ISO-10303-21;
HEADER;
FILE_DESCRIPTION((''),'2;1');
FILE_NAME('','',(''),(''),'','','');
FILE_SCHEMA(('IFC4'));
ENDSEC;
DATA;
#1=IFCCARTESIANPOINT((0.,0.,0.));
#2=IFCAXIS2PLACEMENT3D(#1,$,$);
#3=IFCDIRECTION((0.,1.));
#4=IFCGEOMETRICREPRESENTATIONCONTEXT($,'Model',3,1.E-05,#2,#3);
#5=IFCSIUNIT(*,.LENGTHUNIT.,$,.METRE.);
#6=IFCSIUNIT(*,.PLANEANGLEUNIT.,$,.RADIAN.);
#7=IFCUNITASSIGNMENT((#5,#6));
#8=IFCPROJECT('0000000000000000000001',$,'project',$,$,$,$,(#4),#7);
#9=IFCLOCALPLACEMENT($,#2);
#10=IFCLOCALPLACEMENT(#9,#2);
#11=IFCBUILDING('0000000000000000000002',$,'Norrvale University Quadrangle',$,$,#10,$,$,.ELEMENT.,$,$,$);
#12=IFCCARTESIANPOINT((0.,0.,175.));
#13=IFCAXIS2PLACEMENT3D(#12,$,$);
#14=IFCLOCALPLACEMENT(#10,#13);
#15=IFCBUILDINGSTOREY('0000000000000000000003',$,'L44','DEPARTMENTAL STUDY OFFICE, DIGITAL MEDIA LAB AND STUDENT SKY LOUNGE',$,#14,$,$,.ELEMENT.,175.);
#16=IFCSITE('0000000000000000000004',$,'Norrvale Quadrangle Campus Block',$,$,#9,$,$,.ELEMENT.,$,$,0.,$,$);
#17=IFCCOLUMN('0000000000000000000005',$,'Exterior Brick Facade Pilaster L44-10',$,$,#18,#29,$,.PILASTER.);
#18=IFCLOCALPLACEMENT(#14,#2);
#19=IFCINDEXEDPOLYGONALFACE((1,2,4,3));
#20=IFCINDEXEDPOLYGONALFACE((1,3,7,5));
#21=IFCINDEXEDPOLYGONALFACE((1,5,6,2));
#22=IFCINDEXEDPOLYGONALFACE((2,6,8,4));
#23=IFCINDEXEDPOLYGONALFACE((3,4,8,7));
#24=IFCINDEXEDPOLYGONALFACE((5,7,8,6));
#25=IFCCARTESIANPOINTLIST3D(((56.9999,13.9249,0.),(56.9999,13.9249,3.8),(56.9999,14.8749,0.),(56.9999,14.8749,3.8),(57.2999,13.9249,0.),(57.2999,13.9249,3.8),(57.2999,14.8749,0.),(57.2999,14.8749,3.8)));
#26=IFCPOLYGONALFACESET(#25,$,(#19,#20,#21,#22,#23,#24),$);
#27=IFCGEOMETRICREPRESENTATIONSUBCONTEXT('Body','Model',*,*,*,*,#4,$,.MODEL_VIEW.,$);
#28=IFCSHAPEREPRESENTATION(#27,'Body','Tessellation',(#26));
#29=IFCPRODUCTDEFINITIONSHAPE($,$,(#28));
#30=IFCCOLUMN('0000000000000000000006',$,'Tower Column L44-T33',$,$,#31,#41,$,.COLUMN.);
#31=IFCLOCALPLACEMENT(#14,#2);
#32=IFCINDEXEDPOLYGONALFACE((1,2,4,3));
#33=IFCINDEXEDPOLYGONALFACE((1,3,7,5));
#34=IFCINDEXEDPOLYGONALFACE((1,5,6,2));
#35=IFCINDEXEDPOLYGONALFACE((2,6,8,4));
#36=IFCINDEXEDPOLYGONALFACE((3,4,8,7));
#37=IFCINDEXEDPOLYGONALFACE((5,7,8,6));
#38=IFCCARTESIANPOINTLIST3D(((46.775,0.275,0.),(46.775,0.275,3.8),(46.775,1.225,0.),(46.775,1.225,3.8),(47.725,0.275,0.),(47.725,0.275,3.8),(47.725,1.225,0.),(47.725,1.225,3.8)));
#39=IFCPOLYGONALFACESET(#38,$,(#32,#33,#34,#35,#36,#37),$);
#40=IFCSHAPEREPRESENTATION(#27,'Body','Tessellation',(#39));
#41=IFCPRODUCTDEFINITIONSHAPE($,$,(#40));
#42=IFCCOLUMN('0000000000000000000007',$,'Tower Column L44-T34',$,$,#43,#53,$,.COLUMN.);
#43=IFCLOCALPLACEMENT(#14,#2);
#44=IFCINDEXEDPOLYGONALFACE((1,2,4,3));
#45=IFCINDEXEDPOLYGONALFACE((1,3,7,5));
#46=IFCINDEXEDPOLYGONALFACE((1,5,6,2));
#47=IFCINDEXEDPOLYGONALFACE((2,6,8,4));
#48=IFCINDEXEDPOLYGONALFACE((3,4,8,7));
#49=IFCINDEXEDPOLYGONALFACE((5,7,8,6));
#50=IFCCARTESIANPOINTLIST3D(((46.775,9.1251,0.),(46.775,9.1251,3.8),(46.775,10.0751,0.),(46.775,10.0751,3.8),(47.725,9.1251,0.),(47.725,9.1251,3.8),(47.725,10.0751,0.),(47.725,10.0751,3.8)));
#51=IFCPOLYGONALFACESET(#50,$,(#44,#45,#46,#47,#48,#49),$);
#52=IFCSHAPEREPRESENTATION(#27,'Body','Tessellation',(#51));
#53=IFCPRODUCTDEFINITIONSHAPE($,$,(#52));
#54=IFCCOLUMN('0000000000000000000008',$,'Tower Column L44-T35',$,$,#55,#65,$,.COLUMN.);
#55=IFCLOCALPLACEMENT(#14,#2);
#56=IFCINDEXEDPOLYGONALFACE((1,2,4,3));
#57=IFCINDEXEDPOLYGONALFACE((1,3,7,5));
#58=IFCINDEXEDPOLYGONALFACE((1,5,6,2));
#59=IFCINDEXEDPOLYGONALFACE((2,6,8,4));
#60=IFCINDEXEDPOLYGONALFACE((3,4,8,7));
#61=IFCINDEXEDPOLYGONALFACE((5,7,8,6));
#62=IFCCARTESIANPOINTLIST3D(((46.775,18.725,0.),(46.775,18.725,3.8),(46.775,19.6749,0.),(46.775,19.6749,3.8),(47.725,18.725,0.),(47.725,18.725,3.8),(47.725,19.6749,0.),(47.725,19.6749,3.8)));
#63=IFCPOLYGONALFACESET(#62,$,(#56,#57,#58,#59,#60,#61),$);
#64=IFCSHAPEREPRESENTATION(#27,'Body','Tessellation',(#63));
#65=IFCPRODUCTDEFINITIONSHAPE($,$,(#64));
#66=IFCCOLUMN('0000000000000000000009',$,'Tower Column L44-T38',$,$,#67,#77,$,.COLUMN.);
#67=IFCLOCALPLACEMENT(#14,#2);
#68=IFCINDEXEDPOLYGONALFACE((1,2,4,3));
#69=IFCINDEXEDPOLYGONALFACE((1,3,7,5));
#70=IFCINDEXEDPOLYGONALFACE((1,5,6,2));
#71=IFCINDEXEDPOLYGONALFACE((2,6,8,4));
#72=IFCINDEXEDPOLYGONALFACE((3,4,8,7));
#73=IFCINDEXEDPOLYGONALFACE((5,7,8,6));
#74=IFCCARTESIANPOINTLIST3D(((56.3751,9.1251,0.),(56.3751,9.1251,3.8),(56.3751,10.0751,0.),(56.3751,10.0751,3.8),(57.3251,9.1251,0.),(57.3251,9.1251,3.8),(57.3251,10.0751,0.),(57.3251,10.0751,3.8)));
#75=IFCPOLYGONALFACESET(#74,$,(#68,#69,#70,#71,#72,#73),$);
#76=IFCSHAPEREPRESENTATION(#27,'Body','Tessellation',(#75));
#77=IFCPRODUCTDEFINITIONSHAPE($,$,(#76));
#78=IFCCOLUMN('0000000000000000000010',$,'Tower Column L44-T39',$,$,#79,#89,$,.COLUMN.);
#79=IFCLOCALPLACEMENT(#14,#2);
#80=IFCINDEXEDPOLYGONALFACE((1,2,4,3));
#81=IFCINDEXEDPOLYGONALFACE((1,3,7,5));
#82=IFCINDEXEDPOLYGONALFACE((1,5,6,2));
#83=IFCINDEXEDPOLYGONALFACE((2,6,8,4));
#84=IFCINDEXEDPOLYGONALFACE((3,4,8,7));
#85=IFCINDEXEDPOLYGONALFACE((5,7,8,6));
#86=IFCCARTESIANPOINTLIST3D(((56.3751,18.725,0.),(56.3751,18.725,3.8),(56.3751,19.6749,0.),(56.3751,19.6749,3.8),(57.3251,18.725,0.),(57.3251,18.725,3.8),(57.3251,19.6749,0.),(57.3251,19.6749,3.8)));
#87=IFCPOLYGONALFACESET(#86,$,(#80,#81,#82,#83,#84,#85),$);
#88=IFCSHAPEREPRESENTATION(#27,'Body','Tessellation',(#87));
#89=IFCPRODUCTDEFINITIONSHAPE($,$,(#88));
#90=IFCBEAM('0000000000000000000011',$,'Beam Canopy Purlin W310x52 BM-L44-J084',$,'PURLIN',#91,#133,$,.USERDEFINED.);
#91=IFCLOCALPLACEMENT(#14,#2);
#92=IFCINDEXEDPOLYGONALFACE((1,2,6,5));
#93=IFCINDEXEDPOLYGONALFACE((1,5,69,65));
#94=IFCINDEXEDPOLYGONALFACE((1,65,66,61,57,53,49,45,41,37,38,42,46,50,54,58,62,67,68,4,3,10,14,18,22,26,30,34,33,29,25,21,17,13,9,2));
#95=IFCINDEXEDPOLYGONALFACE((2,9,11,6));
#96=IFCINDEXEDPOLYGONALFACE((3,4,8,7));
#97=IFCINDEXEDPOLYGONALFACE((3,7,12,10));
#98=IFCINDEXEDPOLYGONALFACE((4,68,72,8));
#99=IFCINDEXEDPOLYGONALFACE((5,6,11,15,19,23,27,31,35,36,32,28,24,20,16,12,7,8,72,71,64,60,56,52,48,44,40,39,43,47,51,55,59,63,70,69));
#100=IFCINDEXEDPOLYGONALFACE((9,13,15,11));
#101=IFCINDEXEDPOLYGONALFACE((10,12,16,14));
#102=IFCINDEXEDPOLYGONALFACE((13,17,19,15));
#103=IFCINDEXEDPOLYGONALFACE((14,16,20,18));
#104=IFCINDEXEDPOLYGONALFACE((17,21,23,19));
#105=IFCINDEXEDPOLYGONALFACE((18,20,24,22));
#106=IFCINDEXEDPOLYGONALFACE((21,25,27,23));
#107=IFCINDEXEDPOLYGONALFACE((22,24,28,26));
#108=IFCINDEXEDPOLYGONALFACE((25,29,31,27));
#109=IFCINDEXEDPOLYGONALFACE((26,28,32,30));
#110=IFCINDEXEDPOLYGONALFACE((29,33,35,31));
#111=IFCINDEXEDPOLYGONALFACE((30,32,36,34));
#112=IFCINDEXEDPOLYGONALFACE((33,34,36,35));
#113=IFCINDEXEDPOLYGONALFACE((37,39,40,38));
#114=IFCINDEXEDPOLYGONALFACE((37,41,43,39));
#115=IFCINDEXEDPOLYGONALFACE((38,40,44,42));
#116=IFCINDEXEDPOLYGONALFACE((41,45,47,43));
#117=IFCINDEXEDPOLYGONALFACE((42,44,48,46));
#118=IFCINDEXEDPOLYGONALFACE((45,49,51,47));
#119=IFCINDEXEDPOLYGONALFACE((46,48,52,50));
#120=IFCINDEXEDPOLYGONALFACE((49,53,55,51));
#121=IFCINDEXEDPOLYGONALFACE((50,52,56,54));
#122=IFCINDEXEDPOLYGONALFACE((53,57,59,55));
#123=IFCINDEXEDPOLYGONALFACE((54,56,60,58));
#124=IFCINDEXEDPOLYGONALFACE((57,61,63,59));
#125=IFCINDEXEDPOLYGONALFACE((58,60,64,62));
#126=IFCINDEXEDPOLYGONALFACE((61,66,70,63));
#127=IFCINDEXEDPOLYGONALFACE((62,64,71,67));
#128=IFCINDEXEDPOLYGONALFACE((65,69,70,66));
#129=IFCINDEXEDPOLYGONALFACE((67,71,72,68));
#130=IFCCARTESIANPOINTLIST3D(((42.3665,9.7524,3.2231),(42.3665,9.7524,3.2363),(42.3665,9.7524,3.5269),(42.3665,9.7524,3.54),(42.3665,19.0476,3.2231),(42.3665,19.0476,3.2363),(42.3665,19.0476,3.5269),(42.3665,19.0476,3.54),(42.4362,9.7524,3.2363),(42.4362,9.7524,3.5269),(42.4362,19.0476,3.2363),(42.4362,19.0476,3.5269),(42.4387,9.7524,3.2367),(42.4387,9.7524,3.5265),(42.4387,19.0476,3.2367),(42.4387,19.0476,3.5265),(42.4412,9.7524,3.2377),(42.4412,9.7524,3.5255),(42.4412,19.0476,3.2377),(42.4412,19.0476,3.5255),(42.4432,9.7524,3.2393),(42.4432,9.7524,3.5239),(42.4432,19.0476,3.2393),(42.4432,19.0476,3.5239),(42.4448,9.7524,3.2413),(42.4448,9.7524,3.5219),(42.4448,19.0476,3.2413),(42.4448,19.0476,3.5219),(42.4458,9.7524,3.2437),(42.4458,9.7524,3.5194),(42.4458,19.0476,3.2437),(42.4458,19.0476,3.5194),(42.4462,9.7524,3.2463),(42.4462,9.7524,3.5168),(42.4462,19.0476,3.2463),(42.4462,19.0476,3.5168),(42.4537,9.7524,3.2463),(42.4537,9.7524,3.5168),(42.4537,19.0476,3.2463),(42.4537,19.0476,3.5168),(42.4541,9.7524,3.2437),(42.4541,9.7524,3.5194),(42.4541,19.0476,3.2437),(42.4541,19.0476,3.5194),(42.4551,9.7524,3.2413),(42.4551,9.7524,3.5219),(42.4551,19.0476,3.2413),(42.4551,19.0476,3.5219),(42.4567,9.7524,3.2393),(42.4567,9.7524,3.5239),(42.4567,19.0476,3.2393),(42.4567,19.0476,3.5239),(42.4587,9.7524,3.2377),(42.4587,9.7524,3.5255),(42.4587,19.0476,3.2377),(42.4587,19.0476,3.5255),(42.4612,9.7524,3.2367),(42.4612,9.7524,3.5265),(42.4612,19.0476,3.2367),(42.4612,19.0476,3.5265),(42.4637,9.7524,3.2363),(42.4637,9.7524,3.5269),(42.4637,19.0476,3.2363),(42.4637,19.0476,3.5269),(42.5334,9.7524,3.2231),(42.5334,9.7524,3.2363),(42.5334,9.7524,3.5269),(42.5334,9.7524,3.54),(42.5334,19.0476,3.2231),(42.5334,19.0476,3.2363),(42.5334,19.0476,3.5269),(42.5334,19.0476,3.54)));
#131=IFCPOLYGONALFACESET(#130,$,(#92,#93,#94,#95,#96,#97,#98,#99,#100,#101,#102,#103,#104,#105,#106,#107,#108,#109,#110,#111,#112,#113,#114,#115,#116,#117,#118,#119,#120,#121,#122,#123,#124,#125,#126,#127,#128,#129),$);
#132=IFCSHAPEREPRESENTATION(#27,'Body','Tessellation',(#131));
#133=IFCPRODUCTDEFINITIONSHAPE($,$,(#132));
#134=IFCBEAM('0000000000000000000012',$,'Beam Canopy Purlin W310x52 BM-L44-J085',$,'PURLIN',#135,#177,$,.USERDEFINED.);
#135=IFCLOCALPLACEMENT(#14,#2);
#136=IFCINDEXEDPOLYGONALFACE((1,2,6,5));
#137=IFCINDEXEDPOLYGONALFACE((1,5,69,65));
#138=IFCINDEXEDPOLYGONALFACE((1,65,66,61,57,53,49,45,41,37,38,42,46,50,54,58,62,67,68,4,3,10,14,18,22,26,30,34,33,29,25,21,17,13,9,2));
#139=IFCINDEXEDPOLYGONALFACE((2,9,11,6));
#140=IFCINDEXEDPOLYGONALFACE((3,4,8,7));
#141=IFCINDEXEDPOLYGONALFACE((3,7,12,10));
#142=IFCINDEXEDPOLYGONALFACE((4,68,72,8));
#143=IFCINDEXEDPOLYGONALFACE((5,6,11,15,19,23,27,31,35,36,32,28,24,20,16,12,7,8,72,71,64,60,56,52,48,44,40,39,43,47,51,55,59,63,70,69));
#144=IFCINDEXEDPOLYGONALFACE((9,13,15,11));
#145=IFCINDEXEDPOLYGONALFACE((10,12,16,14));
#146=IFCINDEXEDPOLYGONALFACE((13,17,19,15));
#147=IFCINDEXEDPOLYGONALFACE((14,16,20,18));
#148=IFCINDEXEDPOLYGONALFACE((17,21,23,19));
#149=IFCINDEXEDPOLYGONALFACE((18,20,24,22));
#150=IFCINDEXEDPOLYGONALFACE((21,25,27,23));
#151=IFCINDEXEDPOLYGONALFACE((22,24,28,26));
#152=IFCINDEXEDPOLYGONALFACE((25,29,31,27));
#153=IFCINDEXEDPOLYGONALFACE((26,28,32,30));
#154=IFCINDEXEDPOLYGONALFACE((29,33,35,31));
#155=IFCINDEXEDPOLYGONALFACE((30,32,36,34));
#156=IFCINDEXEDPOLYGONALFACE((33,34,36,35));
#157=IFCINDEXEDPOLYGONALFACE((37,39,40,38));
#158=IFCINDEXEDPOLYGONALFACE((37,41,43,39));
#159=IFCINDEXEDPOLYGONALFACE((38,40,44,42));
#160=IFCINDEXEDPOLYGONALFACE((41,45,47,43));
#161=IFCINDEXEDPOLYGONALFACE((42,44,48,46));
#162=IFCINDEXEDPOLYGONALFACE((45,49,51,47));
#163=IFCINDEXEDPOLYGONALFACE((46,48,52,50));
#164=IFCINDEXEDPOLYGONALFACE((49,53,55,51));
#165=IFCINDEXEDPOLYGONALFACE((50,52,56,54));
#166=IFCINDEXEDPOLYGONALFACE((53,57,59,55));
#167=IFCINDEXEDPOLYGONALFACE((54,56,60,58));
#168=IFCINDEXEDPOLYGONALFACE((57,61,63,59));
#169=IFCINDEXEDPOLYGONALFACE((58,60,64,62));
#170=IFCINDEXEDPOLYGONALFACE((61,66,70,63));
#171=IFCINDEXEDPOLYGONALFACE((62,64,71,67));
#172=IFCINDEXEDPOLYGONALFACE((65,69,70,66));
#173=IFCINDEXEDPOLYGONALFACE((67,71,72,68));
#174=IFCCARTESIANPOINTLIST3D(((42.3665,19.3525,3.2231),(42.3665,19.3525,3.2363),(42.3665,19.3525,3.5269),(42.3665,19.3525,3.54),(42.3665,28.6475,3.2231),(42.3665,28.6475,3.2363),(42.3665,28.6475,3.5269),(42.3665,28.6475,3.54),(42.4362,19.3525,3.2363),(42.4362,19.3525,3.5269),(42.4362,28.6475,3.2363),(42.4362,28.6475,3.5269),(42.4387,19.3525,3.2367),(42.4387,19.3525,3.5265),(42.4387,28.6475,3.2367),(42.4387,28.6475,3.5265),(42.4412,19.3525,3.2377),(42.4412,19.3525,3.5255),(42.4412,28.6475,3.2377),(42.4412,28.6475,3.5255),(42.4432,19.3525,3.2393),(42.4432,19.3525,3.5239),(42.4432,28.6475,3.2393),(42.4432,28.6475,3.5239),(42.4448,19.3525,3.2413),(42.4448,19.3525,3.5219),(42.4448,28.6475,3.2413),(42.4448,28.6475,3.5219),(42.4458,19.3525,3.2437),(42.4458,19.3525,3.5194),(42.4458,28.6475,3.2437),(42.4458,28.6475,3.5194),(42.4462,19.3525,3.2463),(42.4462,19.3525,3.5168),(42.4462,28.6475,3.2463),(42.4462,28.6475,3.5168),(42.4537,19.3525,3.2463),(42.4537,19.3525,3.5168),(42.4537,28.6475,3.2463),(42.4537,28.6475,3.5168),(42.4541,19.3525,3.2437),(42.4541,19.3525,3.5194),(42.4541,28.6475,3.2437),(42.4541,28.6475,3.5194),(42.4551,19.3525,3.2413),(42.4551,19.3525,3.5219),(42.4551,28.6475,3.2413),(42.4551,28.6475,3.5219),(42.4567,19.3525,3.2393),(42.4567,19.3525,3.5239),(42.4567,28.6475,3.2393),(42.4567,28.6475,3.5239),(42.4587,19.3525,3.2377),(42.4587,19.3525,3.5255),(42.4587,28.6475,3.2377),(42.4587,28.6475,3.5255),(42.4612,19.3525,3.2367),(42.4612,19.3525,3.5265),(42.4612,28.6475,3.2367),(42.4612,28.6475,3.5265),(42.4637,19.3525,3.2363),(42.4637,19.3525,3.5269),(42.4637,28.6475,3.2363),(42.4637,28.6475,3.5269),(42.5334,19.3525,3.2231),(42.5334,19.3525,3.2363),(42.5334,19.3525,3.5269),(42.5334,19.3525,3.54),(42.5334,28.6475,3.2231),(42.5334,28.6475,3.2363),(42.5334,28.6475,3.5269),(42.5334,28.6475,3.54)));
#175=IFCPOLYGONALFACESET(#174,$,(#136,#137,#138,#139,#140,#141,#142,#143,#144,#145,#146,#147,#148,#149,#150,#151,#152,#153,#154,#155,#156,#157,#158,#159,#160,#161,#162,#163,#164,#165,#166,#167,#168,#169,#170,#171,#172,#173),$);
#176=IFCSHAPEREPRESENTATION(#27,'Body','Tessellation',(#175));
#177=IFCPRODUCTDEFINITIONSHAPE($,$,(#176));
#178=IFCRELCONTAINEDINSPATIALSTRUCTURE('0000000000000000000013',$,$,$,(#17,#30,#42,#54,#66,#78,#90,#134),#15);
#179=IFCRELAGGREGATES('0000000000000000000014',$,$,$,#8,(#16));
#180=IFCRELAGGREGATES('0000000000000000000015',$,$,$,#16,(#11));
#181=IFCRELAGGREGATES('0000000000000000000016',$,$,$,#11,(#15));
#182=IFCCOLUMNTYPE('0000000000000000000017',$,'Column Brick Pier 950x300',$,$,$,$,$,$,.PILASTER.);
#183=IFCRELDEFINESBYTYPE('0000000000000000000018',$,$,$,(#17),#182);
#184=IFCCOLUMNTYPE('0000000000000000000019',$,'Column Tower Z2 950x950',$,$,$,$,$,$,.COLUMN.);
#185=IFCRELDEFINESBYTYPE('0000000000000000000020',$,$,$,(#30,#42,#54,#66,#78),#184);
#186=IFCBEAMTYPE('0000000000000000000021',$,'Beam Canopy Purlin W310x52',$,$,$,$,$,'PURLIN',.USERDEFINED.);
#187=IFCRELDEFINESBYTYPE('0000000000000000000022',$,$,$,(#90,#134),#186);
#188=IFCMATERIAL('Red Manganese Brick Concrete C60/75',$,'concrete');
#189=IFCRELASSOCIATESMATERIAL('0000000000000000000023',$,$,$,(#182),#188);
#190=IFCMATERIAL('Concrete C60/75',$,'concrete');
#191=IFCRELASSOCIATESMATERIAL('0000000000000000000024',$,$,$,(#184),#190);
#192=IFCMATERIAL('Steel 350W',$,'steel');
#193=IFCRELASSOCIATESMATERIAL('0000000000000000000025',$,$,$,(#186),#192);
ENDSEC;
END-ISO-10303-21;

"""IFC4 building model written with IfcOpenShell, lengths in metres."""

from ifc_helpers import new_model, si_unit, direction, frame, origin, origin_2d, place, context, subcontext, project, spatial, rectangle, i_section, extrude, material, material_profile, profile_set, type_object, element, save


model = new_model("IFC4")

# Units and contexts
model_context = context("Model", 3, precision=1e-05, world=origin(), true_north=direction((0.0, 1.0)))
body_context = subcontext(model_context, "Body", "Model", "MODEL_VIEW")
ifc_project = project(units=[si_unit("LENGTHUNIT", "METRE"), si_unit("PLANEANGLEUNIT", "RADIAN")], contexts=[model_context])

# Site, building, storey
site_placement = place(None, origin())
site = spatial("IfcSite", under=ifc_project, at=site_placement, Name="Norrvale Quadrangle Campus Block", CompositionType="ELEMENT", RefElevation=0.0)
building_placement = place(site_placement, origin())
building = spatial("IfcBuilding", under=site, at=building_placement, Name="Norrvale University Quadrangle", CompositionType="ELEMENT")
storey_placement = place(building_placement, frame((0.0, 0.0, 175.0)))
storey = spatial("IfcBuildingStorey", under=building, at=storey_placement, Name="L44", Description="DEPARTMENTAL STUDY OFFICE, DIGITAL MEDIA LAB AND STUDENT SKY LOUNGE", CompositionType="ELEMENT", Elevation=175.0)

# Columns
ifc_material_1 = material(Name="Red Manganese Brick Concrete C60/75", Category="concrete")
ifc_material_profile_1 = material_profile(ifc_material_1, rectangle(XDim=0.95, YDim=0.3, at=origin_2d()), Name="Red Manganese Brick Concrete C60/75")
ifc_profile_set_1 = profile_set([ifc_material_profile_1], Name="Red Manganese Brick Concrete C60/75")
column_type_1 = type_object("IfcColumnType", Name="Column Brick Pier 950x300", PredefinedType="PILASTER", material=ifc_profile_set_1)
column_placement = place(storey_placement, frame((57.1499, 14.3999, 0.0), z_axis=(0.0, 0.0, 1.0), x_axis=(0.0, 1.0, 0.0)))
element("IfcColumn", 1, at=column_placement, inside=storey, type_object=column_type_1, Name="Exterior Brick Facade Pilaster L44-10", PredefinedType="PILASTER", context=body_context, shape_type="SweptSolid", body=[
    extrude(rectangle(XDim=0.95, YDim=0.3, at=origin_2d()), origin(), (0.0, 0.0, 1.0), 3.8),
])
ifc_material_2 = material(Name="Concrete C60/75", Category="concrete")
ifc_material_profile_2 = material_profile(ifc_material_2, rectangle(XDim=0.95, YDim=0.95, at=origin_2d()), Name="Concrete C60/75")
ifc_profile_set_2 = profile_set([ifc_material_profile_2], Name="Concrete C60/75")
column_type_2 = type_object("IfcColumnType", Name="Column Tower Z2 950x950", PredefinedType="COLUMN", material=ifc_profile_set_2)
for number, where, z_axis, x_axis, name in (
    (2, (47.25, 0.75, 0.0), (0.0, 0.0, 1.0), (1.0, 0.0, 0.0), "Tower Column L44-T33"),
    (3, (47.25, 9.6001, 0.0), (0.0, 0.0, 1.0), (1.0, 0.0, 0.0), "Tower Column L44-T34"),
    (4, (47.25, 19.2, 0.0), (0.0, 0.0, 1.0), (1.0, 0.0, 0.0), "Tower Column L44-T35"),
    (5, (56.8501, 9.6001, 0.0), (0.0, 0.0, 1.0), (1.0, 0.0, 0.0), "Tower Column L44-T38"),
    (6, (56.8501, 19.2, 0.0), (0.0, 0.0, 1.0), (1.0, 0.0, 0.0), "Tower Column L44-T39"),
):
    element("IfcColumn", number, at=place(storey_placement, frame(where, z_axis=z_axis, x_axis=x_axis)), inside=storey, type_object=column_type_2, Name=name, PredefinedType="COLUMN", context=body_context, shape_type="SweptSolid", body=[
        extrude(rectangle(XDim=0.95, YDim=0.95, at=origin_2d()), origin(), (0.0, 0.0, 1.0), 3.8),
    ])

# Beams
ifc_material_3 = material(Name="Steel 350W", Category="steel")
ifc_material_profile_3 = material_profile(ifc_material_3, i_section(OverallWidth=0.167, OverallDepth=0.3169, WebThickness=0.0076, FlangeThickness=0.0132, FilletRadius=0.01, at=origin_2d()), Name="Steel 350W")
ifc_profile_set_3 = profile_set([ifc_material_profile_3], Name="Steel 350W")
beam_type_1 = type_object("IfcBeamType", Name="Beam Canopy Purlin W310x52", ElementType="PURLIN", PredefinedType="USERDEFINED", material=ifc_profile_set_3)
beam_1_placement = place(storey_placement, frame((42.45, 9.7524, 3.3816), z_axis=(0.0, 1.0, 0.0), x_axis=(-1.0, 0.0, 0.0)))
element("IfcBeam", 7, at=beam_1_placement, inside=storey, type_object=beam_type_1, Name="Beam Canopy Purlin W310x52 BM-L44-J084", ObjectType="PURLIN", PredefinedType="USERDEFINED", context=body_context, shape_type="SweptSolid", body=[
    extrude(i_section(OverallWidth=0.167, OverallDepth=0.3169, WebThickness=0.0076, FlangeThickness=0.0132, FilletRadius=0.01, at=origin_2d()), origin(), (0.0, 0.0, 1.0), 9.2952),
])
beam_2_placement = place(storey_placement, frame((42.45, 19.3525, 3.3816), z_axis=(0.0, 1.0, 0.0), x_axis=(-1.0, 0.0, 0.0)))
element("IfcBeam", 8, at=beam_2_placement, inside=storey, type_object=beam_type_1, Name="Beam Canopy Purlin W310x52 BM-L44-J085", ObjectType="PURLIN", PredefinedType="USERDEFINED", context=body_context, shape_type="SweptSolid", body=[
    extrude(i_section(OverallWidth=0.167, OverallDepth=0.3169, WebThickness=0.0076, FlangeThickness=0.0132, FilletRadius=0.01, at=origin_2d()), origin(), (0.0, 0.0, 1.0), 9.2949),
])

save(model, "model.ifc")
